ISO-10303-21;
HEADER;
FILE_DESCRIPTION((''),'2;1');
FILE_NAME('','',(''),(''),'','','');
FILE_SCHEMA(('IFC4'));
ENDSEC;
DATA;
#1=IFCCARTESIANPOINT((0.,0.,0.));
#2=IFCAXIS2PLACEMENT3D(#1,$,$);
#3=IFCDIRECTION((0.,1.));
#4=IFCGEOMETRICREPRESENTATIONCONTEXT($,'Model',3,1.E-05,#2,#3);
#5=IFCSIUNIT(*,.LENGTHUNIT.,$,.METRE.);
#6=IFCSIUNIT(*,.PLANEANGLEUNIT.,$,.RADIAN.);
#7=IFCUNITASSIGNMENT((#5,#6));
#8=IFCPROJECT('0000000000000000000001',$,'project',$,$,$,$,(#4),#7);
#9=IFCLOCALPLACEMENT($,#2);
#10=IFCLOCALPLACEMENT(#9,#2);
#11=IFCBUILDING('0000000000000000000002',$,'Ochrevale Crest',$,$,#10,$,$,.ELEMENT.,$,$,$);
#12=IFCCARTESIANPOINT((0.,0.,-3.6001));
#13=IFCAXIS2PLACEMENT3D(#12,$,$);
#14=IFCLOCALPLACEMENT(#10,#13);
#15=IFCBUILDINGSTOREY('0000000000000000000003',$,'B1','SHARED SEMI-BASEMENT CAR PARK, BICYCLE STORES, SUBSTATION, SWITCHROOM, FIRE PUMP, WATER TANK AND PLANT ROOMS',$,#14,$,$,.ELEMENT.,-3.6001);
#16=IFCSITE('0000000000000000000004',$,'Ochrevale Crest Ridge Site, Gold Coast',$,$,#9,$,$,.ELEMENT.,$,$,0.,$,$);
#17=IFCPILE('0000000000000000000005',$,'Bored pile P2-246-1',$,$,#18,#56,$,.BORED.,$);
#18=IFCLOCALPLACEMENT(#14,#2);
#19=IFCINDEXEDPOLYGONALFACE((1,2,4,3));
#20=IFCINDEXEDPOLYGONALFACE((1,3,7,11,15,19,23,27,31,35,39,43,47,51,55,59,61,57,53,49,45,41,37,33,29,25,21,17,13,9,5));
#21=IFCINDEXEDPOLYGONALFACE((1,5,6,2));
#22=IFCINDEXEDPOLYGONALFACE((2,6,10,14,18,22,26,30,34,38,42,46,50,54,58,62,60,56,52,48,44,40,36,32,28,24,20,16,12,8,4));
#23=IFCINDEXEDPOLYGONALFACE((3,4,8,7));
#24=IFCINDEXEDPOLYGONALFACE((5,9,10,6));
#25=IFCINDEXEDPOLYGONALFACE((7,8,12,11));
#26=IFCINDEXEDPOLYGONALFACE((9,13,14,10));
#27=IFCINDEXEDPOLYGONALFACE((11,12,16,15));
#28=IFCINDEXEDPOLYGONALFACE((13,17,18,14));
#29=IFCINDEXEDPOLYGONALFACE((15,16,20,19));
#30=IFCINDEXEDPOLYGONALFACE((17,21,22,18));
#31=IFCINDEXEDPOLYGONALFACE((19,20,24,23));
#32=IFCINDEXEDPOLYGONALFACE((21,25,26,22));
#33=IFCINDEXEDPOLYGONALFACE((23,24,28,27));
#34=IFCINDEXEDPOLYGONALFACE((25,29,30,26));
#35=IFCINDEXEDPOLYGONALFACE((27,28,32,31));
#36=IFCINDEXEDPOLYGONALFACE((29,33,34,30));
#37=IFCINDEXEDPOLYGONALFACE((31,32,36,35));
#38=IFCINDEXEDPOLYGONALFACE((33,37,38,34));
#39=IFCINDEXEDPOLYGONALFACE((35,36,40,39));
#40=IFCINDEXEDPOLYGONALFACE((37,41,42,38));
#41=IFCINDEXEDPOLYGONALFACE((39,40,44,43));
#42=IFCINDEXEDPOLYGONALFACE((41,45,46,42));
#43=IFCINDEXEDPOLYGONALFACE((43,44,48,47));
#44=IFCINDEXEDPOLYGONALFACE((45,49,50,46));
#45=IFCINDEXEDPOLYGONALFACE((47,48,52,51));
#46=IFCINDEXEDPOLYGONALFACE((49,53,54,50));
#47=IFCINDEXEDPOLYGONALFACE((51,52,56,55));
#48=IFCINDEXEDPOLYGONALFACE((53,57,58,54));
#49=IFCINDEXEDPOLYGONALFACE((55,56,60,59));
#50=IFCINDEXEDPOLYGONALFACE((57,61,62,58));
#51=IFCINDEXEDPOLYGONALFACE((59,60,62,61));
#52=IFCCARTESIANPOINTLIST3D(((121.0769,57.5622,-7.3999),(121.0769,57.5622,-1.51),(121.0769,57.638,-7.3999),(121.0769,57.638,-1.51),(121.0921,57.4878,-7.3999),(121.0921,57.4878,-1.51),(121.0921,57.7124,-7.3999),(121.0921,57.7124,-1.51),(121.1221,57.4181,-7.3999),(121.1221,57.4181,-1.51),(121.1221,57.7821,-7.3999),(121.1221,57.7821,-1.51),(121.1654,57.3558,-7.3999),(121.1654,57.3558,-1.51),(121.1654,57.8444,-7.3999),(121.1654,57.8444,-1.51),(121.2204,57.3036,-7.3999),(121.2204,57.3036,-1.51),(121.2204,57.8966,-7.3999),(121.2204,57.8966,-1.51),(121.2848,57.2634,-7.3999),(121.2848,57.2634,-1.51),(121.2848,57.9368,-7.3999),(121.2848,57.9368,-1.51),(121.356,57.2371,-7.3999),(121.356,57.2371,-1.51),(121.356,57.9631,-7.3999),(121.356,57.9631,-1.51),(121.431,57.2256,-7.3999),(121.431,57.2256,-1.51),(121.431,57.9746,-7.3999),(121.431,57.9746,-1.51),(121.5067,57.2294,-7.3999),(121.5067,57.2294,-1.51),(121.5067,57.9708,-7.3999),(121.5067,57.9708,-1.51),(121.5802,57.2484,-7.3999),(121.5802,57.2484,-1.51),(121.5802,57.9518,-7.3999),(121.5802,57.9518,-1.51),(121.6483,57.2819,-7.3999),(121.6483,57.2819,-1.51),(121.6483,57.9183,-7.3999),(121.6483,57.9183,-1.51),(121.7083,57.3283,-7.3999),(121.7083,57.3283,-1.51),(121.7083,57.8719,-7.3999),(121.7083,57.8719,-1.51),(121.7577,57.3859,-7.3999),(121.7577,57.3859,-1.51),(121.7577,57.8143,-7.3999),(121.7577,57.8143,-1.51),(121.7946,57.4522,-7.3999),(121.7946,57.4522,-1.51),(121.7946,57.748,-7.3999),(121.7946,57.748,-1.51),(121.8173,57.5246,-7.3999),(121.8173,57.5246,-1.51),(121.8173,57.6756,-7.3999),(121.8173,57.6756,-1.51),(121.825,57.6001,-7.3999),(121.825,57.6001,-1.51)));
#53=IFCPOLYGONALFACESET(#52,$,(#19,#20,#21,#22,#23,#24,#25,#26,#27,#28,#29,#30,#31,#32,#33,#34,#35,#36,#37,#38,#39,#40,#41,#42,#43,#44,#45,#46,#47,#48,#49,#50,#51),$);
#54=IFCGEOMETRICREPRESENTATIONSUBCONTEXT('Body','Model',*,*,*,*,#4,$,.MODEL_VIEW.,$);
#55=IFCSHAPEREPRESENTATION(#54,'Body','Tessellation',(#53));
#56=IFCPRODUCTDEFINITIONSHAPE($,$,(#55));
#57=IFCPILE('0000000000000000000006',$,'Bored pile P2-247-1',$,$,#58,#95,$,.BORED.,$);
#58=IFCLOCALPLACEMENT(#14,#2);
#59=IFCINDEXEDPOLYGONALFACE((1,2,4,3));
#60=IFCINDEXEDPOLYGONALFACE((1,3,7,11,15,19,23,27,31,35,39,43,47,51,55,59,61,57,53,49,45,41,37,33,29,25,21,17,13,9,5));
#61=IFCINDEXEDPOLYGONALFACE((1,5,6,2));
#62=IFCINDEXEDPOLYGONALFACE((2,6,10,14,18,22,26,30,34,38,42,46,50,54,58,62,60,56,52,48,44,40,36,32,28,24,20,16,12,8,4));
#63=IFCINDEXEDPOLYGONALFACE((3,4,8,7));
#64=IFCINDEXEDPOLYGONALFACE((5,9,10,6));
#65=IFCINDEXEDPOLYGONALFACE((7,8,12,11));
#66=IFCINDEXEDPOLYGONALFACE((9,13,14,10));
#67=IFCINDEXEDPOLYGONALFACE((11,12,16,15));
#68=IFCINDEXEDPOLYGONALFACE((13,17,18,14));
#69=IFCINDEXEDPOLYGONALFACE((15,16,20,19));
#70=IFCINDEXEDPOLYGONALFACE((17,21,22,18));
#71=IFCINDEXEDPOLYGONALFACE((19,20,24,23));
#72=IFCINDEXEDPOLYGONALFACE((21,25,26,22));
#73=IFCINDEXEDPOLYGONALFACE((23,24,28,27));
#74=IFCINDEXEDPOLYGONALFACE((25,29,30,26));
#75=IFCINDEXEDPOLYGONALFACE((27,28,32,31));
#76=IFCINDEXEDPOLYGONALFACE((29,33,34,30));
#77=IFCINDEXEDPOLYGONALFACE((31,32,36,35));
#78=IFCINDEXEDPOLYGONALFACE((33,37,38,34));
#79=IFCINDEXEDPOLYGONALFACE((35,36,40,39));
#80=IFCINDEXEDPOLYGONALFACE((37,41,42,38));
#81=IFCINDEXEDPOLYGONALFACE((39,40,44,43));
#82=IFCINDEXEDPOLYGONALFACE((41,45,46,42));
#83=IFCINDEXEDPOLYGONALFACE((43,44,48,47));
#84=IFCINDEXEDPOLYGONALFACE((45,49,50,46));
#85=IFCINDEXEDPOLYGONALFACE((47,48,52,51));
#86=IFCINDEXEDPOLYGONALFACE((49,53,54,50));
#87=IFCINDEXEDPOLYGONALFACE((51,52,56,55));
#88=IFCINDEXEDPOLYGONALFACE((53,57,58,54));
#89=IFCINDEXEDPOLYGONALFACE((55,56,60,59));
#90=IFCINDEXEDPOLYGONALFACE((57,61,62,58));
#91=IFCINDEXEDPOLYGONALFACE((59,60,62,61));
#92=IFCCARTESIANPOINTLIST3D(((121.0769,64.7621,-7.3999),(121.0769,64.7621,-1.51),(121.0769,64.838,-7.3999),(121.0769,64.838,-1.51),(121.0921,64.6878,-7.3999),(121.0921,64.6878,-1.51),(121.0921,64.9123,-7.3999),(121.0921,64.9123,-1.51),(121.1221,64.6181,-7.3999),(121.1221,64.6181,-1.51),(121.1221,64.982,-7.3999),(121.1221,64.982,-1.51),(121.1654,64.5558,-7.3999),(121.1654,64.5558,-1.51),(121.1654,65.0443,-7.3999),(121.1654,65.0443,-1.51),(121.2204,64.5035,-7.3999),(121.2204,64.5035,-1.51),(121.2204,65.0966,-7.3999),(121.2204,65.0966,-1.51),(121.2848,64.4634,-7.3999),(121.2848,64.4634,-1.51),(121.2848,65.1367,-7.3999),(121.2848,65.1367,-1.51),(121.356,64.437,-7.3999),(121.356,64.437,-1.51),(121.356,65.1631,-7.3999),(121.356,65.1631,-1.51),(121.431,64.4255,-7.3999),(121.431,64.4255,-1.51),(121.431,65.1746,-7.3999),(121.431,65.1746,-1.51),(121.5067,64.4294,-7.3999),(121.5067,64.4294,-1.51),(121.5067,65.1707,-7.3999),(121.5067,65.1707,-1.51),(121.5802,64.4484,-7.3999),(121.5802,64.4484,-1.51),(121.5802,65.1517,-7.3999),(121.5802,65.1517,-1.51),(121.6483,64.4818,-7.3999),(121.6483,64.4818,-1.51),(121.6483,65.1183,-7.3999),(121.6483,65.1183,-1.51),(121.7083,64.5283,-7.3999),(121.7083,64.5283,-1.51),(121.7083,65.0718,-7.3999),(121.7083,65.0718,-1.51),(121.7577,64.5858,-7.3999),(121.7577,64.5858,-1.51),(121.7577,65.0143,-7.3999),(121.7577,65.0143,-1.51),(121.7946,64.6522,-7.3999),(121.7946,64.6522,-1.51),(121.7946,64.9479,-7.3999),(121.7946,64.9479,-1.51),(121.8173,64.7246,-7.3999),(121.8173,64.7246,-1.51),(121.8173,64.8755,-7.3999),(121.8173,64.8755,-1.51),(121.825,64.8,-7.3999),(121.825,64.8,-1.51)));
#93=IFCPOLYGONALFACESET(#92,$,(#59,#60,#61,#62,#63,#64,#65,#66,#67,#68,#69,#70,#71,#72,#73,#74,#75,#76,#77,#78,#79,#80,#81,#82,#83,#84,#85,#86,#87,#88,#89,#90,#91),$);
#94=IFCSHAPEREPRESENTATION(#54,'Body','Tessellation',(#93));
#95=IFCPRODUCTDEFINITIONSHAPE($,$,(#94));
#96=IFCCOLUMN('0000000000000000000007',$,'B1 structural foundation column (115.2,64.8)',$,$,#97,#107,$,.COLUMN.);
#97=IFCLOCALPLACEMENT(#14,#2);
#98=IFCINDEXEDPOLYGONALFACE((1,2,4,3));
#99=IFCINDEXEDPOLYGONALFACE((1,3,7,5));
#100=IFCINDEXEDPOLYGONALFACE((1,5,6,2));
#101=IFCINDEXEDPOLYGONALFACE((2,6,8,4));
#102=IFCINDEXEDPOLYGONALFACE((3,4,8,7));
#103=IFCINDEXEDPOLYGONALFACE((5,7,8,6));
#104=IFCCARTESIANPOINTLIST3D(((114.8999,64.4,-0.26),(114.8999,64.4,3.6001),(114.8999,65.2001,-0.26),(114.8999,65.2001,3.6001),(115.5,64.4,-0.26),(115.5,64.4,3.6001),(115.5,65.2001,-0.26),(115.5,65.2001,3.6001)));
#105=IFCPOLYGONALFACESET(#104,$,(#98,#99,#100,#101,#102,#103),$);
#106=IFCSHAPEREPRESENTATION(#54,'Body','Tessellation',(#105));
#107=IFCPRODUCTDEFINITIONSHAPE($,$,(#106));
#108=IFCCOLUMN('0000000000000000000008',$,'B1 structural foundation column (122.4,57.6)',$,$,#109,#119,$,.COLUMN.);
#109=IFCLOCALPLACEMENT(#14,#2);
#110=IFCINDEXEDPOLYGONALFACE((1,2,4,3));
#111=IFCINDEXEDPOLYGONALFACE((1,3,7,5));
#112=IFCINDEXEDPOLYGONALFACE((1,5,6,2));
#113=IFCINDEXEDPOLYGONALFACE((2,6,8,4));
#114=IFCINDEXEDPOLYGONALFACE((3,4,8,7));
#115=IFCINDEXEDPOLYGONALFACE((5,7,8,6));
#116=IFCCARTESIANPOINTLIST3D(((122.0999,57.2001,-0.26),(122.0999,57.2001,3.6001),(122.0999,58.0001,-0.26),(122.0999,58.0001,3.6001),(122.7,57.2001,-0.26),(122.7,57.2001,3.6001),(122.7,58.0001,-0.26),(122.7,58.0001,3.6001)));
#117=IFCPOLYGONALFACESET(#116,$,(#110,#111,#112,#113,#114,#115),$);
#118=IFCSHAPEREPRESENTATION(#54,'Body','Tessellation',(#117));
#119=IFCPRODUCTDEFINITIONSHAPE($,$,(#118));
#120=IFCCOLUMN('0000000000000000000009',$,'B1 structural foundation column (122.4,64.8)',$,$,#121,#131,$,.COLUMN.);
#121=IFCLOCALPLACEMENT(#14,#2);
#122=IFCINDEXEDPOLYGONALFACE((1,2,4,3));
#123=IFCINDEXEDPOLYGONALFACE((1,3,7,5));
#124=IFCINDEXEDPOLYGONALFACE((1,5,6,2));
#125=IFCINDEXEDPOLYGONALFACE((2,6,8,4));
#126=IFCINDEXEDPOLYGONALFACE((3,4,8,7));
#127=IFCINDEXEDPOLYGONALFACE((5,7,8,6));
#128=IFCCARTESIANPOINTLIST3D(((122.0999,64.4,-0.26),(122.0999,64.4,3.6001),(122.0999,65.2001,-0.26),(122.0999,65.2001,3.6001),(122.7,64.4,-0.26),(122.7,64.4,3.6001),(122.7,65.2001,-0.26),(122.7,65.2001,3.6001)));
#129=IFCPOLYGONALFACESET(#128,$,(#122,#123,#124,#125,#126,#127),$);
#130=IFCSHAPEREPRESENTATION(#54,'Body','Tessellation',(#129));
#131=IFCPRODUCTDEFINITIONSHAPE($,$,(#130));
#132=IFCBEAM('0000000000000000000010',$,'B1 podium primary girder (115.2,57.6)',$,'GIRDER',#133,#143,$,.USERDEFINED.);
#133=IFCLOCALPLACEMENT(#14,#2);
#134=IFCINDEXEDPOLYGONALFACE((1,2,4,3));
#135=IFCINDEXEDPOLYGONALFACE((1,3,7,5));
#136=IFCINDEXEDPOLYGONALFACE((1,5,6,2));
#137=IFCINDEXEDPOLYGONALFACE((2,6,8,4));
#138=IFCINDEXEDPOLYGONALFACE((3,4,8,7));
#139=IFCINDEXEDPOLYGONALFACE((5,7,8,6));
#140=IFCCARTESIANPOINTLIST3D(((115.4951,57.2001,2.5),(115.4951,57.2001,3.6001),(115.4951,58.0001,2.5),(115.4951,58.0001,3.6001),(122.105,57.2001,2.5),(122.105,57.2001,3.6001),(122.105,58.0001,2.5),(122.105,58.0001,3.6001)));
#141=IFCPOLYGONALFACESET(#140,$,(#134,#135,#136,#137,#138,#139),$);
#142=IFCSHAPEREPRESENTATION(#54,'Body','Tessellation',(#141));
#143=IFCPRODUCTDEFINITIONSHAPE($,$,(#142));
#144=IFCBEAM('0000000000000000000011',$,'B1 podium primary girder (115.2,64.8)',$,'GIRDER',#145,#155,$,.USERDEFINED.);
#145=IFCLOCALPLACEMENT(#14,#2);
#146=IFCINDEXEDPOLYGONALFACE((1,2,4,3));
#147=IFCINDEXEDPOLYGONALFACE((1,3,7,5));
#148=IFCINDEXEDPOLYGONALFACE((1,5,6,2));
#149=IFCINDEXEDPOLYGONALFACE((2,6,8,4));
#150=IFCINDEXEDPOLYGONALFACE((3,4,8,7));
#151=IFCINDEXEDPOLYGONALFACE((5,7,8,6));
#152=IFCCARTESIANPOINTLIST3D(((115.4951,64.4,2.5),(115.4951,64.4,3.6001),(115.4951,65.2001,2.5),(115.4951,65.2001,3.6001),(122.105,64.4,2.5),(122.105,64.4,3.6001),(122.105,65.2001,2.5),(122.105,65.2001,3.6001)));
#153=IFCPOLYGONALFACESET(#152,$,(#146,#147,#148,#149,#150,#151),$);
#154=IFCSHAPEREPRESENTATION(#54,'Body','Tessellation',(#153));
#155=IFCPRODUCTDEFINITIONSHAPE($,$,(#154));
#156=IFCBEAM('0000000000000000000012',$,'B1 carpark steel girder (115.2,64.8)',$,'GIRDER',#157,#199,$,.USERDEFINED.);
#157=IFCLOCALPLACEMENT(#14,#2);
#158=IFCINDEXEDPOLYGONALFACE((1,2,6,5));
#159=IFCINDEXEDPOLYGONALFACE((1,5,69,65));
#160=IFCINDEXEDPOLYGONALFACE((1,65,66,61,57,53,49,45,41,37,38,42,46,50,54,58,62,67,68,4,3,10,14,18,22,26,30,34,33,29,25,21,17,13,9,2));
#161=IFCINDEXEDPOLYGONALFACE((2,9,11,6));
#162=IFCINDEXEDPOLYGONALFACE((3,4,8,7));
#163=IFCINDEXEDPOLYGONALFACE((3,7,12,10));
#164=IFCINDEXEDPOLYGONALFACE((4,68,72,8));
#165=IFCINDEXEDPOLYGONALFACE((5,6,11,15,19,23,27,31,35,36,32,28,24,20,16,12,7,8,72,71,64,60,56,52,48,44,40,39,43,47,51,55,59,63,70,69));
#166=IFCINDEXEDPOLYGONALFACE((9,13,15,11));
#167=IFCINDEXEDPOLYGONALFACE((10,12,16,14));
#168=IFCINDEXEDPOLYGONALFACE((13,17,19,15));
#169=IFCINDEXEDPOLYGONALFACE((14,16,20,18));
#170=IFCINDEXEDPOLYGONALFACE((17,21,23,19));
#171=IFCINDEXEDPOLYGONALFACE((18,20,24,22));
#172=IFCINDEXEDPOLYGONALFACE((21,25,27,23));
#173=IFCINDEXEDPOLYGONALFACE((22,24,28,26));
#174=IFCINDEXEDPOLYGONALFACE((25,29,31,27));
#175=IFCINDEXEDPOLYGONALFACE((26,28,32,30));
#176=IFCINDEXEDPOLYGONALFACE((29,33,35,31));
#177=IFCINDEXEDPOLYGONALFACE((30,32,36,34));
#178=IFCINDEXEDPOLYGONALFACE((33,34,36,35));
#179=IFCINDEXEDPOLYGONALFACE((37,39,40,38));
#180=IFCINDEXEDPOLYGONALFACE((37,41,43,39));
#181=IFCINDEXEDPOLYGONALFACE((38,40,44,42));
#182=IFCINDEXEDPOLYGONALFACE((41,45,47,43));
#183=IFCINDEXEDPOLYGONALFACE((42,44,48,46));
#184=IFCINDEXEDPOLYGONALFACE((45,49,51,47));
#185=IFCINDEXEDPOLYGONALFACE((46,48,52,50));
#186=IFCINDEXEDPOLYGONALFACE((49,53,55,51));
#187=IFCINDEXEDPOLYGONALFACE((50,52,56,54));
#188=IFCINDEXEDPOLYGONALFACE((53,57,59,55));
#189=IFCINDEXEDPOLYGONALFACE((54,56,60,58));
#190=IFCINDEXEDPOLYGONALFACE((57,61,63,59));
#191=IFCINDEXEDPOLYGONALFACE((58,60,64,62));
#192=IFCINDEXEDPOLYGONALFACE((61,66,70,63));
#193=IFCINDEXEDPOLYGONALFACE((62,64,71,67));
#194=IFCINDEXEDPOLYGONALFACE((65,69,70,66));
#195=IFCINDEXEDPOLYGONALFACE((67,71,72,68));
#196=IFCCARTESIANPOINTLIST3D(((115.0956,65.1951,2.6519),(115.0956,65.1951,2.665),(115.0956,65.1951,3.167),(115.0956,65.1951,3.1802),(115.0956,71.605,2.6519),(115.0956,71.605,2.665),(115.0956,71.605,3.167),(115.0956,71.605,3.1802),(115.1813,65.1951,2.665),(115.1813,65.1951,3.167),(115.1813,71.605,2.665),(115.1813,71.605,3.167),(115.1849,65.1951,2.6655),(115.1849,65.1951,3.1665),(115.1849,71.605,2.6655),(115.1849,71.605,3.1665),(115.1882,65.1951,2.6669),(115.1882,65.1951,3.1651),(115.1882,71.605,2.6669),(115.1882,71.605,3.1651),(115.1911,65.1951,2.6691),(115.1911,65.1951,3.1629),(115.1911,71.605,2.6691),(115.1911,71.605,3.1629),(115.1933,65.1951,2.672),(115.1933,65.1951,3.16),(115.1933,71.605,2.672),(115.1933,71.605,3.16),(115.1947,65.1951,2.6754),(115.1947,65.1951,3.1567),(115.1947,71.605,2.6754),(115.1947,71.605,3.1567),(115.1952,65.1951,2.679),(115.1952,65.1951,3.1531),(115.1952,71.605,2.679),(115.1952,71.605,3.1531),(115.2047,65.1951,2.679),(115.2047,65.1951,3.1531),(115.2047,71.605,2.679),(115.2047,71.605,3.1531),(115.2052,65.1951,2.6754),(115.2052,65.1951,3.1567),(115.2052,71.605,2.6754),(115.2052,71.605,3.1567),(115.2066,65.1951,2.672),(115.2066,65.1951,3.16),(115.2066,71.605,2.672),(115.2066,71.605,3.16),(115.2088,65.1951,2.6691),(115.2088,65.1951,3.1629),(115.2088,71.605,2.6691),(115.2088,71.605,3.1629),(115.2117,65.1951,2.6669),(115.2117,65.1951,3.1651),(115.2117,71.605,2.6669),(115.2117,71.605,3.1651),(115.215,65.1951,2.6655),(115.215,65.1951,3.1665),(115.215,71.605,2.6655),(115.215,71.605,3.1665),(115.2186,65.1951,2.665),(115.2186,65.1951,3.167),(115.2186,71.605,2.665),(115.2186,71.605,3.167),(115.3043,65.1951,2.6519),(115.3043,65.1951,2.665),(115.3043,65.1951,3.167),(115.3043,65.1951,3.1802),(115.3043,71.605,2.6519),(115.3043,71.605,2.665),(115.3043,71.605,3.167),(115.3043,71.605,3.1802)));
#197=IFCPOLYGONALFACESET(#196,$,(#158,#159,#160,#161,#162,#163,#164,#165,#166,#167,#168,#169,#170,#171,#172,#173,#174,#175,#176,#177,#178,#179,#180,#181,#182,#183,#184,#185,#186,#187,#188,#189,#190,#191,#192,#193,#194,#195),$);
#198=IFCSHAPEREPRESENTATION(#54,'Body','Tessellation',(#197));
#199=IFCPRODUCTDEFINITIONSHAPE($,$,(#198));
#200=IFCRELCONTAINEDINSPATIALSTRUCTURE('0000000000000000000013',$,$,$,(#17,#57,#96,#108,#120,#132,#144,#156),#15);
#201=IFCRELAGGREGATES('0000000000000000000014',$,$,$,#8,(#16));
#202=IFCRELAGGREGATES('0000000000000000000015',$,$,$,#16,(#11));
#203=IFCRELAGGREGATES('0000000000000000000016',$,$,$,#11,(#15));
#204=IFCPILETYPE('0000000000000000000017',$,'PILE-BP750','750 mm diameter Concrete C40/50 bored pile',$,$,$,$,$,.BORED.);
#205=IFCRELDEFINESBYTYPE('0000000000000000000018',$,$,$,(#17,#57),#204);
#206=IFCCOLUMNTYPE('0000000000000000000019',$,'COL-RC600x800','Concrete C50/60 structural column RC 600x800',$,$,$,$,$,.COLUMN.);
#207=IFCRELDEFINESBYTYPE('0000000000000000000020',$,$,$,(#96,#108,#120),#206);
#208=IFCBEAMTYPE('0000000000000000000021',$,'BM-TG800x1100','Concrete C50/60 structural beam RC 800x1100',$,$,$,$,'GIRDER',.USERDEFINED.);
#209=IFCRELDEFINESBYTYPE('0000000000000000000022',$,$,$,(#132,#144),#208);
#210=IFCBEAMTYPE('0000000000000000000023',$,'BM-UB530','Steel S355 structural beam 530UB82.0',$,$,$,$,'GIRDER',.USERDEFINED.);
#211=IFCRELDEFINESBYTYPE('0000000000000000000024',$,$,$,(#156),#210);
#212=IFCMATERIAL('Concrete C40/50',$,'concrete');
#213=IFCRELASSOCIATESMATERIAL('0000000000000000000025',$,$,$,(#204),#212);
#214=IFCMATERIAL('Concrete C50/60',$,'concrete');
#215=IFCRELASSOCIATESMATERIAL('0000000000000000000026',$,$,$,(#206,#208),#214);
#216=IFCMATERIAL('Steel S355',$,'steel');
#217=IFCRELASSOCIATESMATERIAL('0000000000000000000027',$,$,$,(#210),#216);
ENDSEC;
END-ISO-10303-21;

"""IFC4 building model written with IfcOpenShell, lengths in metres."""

from ifc_helpers import new_model, si_unit, direction, frame, origin, origin_2d, place, context, subcontext, project, spatial, rectangle, circle, i_section, extrude, material, material_profile, profile_set, type_object, element, save


model = new_model("IFC4")

# Units and contexts
model_context = context("Model", 3, precision=1e-05, world=origin(), true_north=direction((0.0, 1.0)))
body_context = subcontext(model_context, "Body", "Model", "MODEL_VIEW")
ifc_project = project(units=[si_unit("LENGTHUNIT", "METRE"), si_unit("PLANEANGLEUNIT", "RADIAN")], contexts=[model_context])

# Site, building, storey
site_placement = place(None, origin())
site = spatial("IfcSite", under=ifc_project, at=site_placement, Name="Ochrevale Crest Ridge Site, Gold Coast", CompositionType="ELEMENT", RefElevation=0.0)
building_placement = place(site_placement, origin())
building = spatial("IfcBuilding", under=site, at=building_placement, Name="Ochrevale Crest", CompositionType="ELEMENT")
storey_placement = place(building_placement, frame((0.0, 0.0, -3.6001)))
storey = spatial("IfcBuildingStorey", under=building, at=storey_placement, Name="B1", Description="SHARED SEMI-BASEMENT CAR PARK, BICYCLE STORES, SUBSTATION, SWITCHROOM, FIRE PUMP, WATER TANK AND PLANT ROOMS", CompositionType="ELEMENT", Elevation=-3.6001)

# Shared definitions
ifc_material_1 = material(Name="Concrete C40/50", Category="concrete")

# Piles
ifc_material_profile_1 = material_profile(ifc_material_1, circle(Radius=0.375, at=origin_2d()), Name="BORED PILE 750")
ifc_profile_set_1 = profile_set([ifc_material_profile_1], Name="Concrete C40/50")
pile_type = type_object("IfcPileType", Name="PILE-BP750", Description="750 mm diameter Concrete C40/50 bored pile", PredefinedType="BORED", material=ifc_profile_set_1)
for number, where, z_axis, x_axis, name in (
    (1, (121.45, 57.6001, -1.51), (0.0, 0.0, -1.0), (1.0, 0.0, 0.0), "Bored pile P2-246-1"),
    (2, (121.45, 64.8, -1.51), (0.0, 0.0, -1.0), (1.0, 0.0, 0.0), "Bored pile P2-247-1"),
):
    element("IfcPile", number, at=place(storey_placement, frame(where, z_axis=z_axis, x_axis=x_axis)), inside=storey, type_object=pile_type, Name=name, PredefinedType="BORED", context=body_context, shape_type="SweptSolid", body=[
        extrude(circle(Radius=0.375, at=origin_2d()), origin(), (0.0, 0.0, 1.0), 5.8899),
    ])

# Columns
ifc_material_2 = material(Name="Concrete C50/60", Category="concrete")
ifc_material_profile_2 = material_profile(ifc_material_2, rectangle(XDim=0.6001, YDim=0.8, at=origin_2d()), Name="RC 600x800")
ifc_profile_set_2 = profile_set([ifc_material_profile_2], Name="Concrete C50/60")
column_type = type_object("IfcColumnType", Name="COL-RC600x800", Description="Concrete C50/60 structural column RC 600x800", PredefinedType="COLUMN", material=ifc_profile_set_2)
for number, where, z_axis, x_axis, name in (
    (3, (115.2, 64.8, -0.26), (0.0, 0.0, 1.0), (1.0, 0.0, 0.0), "B1 structural foundation column (115.2,64.8)"),
    (4, (122.3999, 57.6001, -0.26), (0.0, 0.0, 1.0), (1.0, 0.0, 0.0), "B1 structural foundation column (122.4,57.6)"),
    (5, (122.3999, 64.8, -0.26), (0.0, 0.0, 1.0), (1.0, 0.0, 0.0), "B1 structural foundation column (122.4,64.8)"),
):
    element("IfcColumn", number, at=place(storey_placement, frame(where, z_axis=z_axis, x_axis=x_axis)), inside=storey, type_object=column_type, Name=name, PredefinedType="COLUMN", context=body_context, shape_type="SweptSolid", body=[
        extrude(rectangle(XDim=0.6001, YDim=0.8, at=origin_2d()), origin(), (0.0, 0.0, 1.0), 3.8601),
    ])

# Beams
ifc_material_profile_3 = material_profile(ifc_material_2, rectangle(XDim=0.8, YDim=1.1001, at=origin_2d()), Name="RC 800x1100")
ifc_profile_set_3 = profile_set([ifc_material_profile_3], Name="Concrete C50/60")
beam_type_1 = type_object("IfcBeamType", Name="BM-TG800x1100", Description="Concrete C50/60 structural beam RC 800x1100", ElementType="GIRDER", PredefinedType="USERDEFINED", material=ifc_profile_set_3)
for number, where, z_axis, x_axis, name in (
    (6, (115.4951, 57.6001, 3.05), (1.0, 0.0, 0.0), (0.0, 1.0, 0.0), "B1 podium primary girder (115.2,57.6)"),
    (7, (115.4951, 64.8, 3.05), (1.0, 0.0, 0.0), (0.0, 1.0, 0.0), "B1 podium primary girder (115.2,64.8)"),
):
    element("IfcBeam", number, at=place(storey_placement, frame(where, z_axis=z_axis, x_axis=x_axis)), inside=storey, type_object=beam_type_1, Name=name, ObjectType="GIRDER", PredefinedType="USERDEFINED", context=body_context, shape_type="SweptSolid", body=[
        extrude(rectangle(XDim=0.8, YDim=1.1001, at=origin_2d()), origin(), (0.0, 0.0, 1.0), 6.6099),
    ])
ifc_material_3 = material(Name="Steel S355", Category="steel")
ifc_material_profile_4 = material_profile(ifc_material_3, i_section(OverallWidth=0.2087, OverallDepth=0.5283, WebThickness=0.0095, FlangeThickness=0.0132, FilletRadius=0.0139, at=origin_2d()), Name="530UB82.0")
ifc_profile_set_4 = profile_set([ifc_material_profile_4], Name="Steel S355")
beam_type_2 = type_object("IfcBeamType", Name="BM-UB530", Description="Steel S355 structural beam 530UB82.0", ElementType="GIRDER", PredefinedType="USERDEFINED", material=ifc_profile_set_4)
for number, where, z_axis, x_axis, name in (
    (8, (115.2, 65.1951, 2.916), (0.0, 1.0, 0.0), (-1.0, 0.0, 0.0), "B1 carpark steel girder (115.2,64.8)"),
):
    element("IfcBeam", number, at=place(storey_placement, frame(where, z_axis=z_axis, x_axis=x_axis)), inside=storey, type_object=beam_type_2, Name=name, ObjectType="GIRDER", PredefinedType="USERDEFINED", context=body_context, shape_type="SweptSolid", body=[
        extrude(i_section(OverallWidth=0.2087, OverallDepth=0.5283, WebThickness=0.0095, FlangeThickness=0.0132, FilletRadius=0.0139, at=origin_2d()), origin(), (0.0, 0.0, 1.0), 6.4099),
    ])

save(model, "model.ifc")
